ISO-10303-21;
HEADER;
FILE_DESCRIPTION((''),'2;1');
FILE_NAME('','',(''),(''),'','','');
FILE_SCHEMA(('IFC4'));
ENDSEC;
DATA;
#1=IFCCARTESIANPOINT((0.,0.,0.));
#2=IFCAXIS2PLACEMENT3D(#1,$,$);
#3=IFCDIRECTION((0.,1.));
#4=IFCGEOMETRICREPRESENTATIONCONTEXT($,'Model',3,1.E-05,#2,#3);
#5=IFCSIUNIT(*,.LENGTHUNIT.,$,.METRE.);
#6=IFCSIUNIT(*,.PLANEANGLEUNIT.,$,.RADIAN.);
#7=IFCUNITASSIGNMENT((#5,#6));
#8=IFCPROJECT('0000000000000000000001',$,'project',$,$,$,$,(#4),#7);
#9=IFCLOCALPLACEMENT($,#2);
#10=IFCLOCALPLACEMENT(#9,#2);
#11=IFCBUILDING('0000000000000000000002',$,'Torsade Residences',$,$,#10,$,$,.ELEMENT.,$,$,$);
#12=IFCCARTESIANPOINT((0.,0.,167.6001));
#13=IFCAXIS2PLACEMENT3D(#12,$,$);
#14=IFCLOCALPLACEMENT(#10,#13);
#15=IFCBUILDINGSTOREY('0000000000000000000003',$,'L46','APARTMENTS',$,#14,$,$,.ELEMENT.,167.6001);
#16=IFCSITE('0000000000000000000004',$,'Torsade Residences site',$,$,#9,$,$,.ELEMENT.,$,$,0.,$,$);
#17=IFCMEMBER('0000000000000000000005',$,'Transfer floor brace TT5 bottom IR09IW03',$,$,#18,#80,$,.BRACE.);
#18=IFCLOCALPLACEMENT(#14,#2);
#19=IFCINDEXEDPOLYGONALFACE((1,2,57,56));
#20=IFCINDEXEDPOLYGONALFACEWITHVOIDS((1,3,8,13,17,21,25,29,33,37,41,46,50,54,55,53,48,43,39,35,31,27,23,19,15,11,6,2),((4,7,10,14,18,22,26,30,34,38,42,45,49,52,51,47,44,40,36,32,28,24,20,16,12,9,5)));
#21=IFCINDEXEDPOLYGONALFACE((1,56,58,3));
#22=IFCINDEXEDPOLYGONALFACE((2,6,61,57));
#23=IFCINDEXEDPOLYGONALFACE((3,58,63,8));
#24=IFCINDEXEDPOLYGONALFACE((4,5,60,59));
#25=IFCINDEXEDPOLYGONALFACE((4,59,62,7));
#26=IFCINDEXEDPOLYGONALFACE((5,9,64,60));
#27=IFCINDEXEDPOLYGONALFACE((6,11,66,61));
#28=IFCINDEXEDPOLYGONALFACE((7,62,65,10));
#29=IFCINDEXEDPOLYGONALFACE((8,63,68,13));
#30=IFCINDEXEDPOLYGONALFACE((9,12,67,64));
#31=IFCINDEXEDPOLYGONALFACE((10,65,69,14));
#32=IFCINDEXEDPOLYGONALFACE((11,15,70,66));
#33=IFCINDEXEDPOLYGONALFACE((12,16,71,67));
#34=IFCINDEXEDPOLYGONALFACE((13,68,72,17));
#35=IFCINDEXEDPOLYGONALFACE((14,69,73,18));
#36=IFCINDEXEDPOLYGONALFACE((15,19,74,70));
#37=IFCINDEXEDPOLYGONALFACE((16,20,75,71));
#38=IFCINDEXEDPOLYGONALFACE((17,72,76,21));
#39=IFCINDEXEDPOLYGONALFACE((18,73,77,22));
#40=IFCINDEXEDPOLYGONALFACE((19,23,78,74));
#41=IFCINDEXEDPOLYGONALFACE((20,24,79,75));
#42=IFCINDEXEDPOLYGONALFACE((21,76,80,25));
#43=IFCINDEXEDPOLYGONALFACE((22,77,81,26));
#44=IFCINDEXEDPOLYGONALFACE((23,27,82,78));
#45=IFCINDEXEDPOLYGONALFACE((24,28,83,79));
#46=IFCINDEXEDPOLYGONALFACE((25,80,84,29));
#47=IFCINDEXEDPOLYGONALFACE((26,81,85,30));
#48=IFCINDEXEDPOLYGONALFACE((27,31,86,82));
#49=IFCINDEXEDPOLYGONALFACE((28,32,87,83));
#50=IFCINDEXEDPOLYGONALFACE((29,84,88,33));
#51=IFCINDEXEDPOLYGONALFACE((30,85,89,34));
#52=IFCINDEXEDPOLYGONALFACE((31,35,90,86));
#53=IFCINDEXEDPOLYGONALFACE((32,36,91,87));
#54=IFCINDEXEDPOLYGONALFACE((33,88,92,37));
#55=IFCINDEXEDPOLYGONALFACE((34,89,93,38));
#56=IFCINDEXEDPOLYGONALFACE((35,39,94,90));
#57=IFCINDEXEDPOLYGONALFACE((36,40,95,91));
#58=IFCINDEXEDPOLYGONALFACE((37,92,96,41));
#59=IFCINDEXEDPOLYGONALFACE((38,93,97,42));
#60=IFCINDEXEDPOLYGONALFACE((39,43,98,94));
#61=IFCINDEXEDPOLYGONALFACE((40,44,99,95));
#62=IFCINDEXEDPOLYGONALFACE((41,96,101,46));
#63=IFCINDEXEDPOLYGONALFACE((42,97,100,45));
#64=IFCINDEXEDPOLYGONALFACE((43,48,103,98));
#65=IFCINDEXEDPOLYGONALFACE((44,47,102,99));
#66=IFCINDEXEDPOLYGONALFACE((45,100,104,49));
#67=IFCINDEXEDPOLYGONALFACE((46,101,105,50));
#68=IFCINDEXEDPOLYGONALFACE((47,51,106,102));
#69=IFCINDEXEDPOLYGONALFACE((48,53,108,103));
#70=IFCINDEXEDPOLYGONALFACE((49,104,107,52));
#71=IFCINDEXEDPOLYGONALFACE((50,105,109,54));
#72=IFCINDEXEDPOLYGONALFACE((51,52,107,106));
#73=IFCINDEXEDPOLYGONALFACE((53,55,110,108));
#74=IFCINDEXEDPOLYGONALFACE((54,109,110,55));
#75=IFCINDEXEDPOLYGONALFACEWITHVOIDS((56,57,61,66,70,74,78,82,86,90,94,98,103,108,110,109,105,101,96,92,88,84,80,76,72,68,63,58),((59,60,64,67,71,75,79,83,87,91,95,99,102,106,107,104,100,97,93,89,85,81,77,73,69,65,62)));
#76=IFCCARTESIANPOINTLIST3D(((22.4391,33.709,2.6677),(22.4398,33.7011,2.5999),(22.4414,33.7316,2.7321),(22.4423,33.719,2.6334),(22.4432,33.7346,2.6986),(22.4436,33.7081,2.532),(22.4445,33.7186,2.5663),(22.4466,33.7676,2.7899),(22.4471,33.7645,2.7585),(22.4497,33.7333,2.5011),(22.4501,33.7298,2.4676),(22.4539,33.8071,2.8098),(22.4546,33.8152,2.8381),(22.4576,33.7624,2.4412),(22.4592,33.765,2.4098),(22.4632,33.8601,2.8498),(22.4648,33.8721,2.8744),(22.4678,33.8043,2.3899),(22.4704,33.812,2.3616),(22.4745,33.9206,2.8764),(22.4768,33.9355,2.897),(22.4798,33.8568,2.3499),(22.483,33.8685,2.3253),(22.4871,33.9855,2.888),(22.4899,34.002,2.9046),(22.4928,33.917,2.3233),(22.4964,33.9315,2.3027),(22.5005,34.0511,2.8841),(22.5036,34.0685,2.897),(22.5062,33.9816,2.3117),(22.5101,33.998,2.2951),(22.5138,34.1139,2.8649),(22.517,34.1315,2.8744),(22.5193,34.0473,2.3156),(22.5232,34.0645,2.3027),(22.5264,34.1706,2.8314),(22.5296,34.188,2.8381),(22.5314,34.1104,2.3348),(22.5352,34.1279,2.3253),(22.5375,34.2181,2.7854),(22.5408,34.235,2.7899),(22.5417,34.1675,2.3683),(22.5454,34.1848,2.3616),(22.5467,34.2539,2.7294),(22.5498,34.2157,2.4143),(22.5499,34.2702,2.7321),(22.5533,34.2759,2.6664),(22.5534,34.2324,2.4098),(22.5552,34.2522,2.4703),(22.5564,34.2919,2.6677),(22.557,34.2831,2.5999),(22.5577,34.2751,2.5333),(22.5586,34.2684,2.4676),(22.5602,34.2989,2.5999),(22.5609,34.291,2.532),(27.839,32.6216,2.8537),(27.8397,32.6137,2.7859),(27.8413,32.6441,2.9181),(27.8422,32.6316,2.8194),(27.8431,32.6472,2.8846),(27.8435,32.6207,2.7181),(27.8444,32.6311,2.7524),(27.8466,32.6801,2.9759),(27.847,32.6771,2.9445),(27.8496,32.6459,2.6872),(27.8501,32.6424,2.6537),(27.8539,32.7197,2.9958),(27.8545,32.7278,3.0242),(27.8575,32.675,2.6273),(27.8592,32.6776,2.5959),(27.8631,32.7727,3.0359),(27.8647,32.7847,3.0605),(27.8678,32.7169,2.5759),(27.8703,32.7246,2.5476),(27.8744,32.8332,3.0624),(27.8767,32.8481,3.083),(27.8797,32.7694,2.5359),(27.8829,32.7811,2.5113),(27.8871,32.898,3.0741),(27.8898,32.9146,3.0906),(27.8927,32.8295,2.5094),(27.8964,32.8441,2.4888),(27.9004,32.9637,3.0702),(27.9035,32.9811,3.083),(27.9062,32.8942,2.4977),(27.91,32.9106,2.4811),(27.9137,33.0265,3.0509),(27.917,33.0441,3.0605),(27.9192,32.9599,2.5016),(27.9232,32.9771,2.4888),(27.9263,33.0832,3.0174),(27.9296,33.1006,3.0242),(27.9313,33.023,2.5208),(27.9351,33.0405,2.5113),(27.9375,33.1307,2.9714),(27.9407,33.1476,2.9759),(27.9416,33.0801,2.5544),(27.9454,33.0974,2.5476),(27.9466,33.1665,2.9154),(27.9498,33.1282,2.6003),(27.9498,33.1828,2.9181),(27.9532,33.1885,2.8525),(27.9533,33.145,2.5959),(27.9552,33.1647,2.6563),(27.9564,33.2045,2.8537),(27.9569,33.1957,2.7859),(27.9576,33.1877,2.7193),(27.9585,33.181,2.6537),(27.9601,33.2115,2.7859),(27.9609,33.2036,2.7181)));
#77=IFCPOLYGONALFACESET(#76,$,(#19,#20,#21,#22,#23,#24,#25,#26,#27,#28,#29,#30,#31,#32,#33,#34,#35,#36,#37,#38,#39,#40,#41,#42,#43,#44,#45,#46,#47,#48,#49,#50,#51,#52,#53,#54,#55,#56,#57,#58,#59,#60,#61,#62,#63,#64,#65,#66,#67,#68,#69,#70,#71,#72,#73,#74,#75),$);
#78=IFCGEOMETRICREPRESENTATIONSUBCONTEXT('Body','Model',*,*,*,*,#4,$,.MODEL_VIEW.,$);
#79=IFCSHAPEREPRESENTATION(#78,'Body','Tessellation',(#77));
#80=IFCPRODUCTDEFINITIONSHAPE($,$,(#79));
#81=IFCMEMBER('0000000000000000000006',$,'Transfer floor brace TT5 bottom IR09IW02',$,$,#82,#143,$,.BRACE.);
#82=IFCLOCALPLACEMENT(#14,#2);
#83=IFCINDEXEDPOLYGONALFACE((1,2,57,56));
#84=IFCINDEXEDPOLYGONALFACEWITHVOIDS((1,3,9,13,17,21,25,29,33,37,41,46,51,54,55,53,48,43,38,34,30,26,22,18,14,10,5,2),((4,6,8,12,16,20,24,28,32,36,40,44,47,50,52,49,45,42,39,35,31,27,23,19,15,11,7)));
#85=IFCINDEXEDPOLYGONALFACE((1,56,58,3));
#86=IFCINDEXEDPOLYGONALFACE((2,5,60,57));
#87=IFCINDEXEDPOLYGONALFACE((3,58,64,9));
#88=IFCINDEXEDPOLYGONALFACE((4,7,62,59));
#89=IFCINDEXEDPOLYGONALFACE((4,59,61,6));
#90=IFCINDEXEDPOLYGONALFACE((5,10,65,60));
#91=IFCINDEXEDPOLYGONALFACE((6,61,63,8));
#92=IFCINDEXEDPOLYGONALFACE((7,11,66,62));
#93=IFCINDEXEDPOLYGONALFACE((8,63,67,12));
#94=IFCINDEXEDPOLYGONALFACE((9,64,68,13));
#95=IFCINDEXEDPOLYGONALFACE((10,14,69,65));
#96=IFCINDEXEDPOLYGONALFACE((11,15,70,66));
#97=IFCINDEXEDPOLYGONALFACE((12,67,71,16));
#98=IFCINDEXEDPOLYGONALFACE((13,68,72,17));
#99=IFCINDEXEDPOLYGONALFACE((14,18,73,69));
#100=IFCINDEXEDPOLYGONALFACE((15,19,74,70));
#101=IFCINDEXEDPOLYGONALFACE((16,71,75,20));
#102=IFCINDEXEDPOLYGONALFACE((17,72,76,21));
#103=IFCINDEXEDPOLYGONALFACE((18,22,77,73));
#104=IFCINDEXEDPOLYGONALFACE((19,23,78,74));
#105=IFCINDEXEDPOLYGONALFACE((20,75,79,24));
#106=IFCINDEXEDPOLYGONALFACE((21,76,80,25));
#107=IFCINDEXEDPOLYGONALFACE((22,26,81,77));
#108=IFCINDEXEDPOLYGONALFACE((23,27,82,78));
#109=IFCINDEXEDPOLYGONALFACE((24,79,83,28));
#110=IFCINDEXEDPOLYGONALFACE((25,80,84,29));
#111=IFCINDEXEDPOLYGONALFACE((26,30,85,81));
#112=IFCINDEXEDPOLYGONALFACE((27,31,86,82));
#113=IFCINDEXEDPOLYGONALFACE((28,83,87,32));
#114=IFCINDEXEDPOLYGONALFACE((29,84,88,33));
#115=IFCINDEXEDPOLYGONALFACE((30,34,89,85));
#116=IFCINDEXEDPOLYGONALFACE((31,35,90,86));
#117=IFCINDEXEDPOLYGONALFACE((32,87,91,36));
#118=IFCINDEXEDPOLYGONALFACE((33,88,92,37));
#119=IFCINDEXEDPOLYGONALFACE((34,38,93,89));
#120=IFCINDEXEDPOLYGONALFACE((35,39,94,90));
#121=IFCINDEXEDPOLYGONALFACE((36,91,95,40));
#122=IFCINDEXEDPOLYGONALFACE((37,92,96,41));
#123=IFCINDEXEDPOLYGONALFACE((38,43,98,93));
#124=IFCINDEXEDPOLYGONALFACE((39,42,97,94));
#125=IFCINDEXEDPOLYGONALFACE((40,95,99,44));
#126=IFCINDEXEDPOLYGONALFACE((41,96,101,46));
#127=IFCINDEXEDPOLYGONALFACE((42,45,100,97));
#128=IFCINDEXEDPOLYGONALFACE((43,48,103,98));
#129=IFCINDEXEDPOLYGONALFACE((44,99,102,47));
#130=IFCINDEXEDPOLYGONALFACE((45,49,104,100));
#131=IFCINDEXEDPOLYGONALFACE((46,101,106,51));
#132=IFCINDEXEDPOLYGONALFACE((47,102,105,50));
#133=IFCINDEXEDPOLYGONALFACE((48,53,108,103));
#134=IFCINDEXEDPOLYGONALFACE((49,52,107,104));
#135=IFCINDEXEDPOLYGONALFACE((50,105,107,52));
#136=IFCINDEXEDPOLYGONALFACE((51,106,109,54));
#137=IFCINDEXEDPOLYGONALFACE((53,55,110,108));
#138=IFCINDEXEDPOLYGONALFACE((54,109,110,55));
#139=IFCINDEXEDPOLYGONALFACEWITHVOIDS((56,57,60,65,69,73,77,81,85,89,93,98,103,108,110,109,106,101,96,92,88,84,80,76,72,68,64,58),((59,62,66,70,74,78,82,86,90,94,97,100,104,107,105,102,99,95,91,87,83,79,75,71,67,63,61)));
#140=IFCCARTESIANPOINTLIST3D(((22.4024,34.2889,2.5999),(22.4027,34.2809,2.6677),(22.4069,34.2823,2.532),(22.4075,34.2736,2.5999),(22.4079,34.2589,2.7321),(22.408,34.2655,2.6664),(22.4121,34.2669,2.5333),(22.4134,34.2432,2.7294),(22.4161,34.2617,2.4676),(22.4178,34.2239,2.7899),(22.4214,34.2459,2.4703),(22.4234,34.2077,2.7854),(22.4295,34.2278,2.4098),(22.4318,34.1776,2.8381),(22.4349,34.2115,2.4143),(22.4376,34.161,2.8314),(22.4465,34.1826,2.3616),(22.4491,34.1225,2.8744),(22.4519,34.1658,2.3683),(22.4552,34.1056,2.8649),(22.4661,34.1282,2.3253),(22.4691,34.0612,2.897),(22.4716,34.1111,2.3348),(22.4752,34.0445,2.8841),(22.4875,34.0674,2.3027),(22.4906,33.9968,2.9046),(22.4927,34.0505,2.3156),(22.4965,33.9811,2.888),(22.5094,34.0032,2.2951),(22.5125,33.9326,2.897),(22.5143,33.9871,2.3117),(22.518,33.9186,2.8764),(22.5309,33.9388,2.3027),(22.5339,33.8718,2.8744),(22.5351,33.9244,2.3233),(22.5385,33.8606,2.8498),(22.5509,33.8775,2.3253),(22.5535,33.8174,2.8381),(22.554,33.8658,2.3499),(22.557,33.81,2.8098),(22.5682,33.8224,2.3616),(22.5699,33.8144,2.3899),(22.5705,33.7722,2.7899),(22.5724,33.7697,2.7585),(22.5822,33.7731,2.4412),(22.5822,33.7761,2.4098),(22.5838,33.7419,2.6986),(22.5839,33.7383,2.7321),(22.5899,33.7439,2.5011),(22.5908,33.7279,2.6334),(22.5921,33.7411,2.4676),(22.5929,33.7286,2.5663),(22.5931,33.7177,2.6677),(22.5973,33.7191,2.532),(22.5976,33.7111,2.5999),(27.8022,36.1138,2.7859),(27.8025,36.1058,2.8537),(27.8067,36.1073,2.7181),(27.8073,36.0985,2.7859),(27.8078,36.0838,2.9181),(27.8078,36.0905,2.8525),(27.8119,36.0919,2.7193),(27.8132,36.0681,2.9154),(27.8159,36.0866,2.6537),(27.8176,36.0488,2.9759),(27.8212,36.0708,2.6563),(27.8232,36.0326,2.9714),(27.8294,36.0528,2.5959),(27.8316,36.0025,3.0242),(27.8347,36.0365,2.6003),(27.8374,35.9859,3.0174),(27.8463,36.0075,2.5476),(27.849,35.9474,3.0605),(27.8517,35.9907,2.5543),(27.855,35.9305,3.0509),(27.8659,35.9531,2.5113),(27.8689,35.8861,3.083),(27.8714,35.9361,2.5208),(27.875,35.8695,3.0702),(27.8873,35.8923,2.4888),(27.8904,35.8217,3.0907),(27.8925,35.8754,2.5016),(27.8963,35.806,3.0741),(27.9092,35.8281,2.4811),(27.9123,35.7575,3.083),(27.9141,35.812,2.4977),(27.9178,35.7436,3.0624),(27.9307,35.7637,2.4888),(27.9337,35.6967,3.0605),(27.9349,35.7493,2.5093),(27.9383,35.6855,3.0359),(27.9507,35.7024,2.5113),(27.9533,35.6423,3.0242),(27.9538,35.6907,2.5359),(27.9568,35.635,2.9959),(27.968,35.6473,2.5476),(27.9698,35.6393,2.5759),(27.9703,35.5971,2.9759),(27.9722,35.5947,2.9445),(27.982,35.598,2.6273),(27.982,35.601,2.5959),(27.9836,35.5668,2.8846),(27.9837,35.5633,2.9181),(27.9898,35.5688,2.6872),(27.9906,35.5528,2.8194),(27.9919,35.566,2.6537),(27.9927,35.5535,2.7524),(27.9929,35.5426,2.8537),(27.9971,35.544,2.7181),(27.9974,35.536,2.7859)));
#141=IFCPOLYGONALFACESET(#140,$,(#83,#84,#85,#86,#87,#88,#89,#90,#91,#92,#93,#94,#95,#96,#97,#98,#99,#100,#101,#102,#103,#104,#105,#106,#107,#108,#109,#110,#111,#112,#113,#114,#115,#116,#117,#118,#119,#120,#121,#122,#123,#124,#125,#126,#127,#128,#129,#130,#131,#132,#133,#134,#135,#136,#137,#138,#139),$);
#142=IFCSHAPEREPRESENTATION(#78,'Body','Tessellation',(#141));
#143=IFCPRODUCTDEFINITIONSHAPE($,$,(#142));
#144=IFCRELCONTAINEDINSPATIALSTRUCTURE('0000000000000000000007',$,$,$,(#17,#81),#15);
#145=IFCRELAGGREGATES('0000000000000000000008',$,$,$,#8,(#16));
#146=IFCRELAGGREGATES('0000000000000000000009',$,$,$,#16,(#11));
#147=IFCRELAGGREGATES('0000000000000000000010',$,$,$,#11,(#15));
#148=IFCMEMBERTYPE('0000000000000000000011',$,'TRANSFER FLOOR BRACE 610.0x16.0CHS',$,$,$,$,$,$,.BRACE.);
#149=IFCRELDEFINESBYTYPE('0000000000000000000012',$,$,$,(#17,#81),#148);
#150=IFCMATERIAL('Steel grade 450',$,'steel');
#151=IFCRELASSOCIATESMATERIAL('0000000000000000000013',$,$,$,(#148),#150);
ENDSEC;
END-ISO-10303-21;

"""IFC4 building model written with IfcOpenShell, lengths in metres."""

from ifc_helpers import new_model, si_unit, direction, frame, origin, origin_2d, place, context, subcontext, project, spatial, hollow_circle, extrude, material, material_profile, profile_set, type_object, element, save


model = new_model("IFC4")

# Units and contexts
model_context = context("Model", 3, precision=1e-05, world=origin(), true_north=direction((0.0, 1.0)))
body_context = subcontext(model_context, "Body", "Model", "MODEL_VIEW")
ifc_project = project(units=[si_unit("LENGTHUNIT", "METRE"), si_unit("PLANEANGLEUNIT", "RADIAN")], contexts=[model_context])

# Site, building, storey
site_placement = place(None, origin())
site = spatial("IfcSite", under=ifc_project, at=site_placement, Name="Torsade Residences site", CompositionType="ELEMENT", RefElevation=0.0)
building_placement = place(site_placement, origin())
building = spatial("IfcBuilding", under=site, at=building_placement, Name="Torsade Residences", CompositionType="ELEMENT")
storey_placement = place(building_placement, frame((0.0, 0.0, 167.6001)))
storey = spatial("IfcBuildingStorey", under=building, at=storey_placement, Name="L46", Description="APARTMENTS", CompositionType="ELEMENT", Elevation=167.6001)

# Members
ifc_material_1 = material(Name="Steel grade 450", Category="steel")
ifc_material_profile_1 = material_profile(ifc_material_1, hollow_circle(Radius=0.3049, WallThickness=0.0161, at=origin_2d()), Name="610.0x16.0CHS")
ifc_profile_set_1 = profile_set([ifc_material_profile_1], Name="Steel grade 450")
member_type_1 = type_object("IfcMemberType", Name="TRANSFER FLOOR BRACE 610.0x16.0CHS", PredefinedType="BRACE", material=ifc_profile_set_1)
member_1_placement = place(storey_placement, frame((22.5, 34.0, 2.5999), z_axis=(0.979762, -0.197299, 0.033754), x_axis=(0.197412, 0.980321, 0.0)))
element("IfcMember", 1, at=member_1_placement, inside=storey, type_object=member_type_1, Name="Transfer floor brace TT5 bottom IR09IW03", PredefinedType="BRACE", context=body_context, shape_type="SweptSolid", body=[
    extrude(hollow_circle(Radius=0.3049, WallThickness=0.0161, at=origin_2d()), origin(), (0.0, 0.0, 1.0), 5.5115),
])
member_2_placement = place(storey_placement, frame((22.5, 34.0, 2.5999), z_axis=(0.946856, 0.319999, 0.032621), x_axis=(-0.32017, 0.94736, 0.0)))
element("IfcMember", 2, at=member_2_placement, inside=storey, type_object=member_type_1, Name="Transfer floor brace TT5 bottom IR09IW02", PredefinedType="BRACE", context=body_context, shape_type="SweptSolid", body=[
    extrude(hollow_circle(Radius=0.3049, WallThickness=0.0161, at=origin_2d()), origin(), (0.0, 0.0, 1.0), 5.7029),
])

save(model, "model.ifc")
